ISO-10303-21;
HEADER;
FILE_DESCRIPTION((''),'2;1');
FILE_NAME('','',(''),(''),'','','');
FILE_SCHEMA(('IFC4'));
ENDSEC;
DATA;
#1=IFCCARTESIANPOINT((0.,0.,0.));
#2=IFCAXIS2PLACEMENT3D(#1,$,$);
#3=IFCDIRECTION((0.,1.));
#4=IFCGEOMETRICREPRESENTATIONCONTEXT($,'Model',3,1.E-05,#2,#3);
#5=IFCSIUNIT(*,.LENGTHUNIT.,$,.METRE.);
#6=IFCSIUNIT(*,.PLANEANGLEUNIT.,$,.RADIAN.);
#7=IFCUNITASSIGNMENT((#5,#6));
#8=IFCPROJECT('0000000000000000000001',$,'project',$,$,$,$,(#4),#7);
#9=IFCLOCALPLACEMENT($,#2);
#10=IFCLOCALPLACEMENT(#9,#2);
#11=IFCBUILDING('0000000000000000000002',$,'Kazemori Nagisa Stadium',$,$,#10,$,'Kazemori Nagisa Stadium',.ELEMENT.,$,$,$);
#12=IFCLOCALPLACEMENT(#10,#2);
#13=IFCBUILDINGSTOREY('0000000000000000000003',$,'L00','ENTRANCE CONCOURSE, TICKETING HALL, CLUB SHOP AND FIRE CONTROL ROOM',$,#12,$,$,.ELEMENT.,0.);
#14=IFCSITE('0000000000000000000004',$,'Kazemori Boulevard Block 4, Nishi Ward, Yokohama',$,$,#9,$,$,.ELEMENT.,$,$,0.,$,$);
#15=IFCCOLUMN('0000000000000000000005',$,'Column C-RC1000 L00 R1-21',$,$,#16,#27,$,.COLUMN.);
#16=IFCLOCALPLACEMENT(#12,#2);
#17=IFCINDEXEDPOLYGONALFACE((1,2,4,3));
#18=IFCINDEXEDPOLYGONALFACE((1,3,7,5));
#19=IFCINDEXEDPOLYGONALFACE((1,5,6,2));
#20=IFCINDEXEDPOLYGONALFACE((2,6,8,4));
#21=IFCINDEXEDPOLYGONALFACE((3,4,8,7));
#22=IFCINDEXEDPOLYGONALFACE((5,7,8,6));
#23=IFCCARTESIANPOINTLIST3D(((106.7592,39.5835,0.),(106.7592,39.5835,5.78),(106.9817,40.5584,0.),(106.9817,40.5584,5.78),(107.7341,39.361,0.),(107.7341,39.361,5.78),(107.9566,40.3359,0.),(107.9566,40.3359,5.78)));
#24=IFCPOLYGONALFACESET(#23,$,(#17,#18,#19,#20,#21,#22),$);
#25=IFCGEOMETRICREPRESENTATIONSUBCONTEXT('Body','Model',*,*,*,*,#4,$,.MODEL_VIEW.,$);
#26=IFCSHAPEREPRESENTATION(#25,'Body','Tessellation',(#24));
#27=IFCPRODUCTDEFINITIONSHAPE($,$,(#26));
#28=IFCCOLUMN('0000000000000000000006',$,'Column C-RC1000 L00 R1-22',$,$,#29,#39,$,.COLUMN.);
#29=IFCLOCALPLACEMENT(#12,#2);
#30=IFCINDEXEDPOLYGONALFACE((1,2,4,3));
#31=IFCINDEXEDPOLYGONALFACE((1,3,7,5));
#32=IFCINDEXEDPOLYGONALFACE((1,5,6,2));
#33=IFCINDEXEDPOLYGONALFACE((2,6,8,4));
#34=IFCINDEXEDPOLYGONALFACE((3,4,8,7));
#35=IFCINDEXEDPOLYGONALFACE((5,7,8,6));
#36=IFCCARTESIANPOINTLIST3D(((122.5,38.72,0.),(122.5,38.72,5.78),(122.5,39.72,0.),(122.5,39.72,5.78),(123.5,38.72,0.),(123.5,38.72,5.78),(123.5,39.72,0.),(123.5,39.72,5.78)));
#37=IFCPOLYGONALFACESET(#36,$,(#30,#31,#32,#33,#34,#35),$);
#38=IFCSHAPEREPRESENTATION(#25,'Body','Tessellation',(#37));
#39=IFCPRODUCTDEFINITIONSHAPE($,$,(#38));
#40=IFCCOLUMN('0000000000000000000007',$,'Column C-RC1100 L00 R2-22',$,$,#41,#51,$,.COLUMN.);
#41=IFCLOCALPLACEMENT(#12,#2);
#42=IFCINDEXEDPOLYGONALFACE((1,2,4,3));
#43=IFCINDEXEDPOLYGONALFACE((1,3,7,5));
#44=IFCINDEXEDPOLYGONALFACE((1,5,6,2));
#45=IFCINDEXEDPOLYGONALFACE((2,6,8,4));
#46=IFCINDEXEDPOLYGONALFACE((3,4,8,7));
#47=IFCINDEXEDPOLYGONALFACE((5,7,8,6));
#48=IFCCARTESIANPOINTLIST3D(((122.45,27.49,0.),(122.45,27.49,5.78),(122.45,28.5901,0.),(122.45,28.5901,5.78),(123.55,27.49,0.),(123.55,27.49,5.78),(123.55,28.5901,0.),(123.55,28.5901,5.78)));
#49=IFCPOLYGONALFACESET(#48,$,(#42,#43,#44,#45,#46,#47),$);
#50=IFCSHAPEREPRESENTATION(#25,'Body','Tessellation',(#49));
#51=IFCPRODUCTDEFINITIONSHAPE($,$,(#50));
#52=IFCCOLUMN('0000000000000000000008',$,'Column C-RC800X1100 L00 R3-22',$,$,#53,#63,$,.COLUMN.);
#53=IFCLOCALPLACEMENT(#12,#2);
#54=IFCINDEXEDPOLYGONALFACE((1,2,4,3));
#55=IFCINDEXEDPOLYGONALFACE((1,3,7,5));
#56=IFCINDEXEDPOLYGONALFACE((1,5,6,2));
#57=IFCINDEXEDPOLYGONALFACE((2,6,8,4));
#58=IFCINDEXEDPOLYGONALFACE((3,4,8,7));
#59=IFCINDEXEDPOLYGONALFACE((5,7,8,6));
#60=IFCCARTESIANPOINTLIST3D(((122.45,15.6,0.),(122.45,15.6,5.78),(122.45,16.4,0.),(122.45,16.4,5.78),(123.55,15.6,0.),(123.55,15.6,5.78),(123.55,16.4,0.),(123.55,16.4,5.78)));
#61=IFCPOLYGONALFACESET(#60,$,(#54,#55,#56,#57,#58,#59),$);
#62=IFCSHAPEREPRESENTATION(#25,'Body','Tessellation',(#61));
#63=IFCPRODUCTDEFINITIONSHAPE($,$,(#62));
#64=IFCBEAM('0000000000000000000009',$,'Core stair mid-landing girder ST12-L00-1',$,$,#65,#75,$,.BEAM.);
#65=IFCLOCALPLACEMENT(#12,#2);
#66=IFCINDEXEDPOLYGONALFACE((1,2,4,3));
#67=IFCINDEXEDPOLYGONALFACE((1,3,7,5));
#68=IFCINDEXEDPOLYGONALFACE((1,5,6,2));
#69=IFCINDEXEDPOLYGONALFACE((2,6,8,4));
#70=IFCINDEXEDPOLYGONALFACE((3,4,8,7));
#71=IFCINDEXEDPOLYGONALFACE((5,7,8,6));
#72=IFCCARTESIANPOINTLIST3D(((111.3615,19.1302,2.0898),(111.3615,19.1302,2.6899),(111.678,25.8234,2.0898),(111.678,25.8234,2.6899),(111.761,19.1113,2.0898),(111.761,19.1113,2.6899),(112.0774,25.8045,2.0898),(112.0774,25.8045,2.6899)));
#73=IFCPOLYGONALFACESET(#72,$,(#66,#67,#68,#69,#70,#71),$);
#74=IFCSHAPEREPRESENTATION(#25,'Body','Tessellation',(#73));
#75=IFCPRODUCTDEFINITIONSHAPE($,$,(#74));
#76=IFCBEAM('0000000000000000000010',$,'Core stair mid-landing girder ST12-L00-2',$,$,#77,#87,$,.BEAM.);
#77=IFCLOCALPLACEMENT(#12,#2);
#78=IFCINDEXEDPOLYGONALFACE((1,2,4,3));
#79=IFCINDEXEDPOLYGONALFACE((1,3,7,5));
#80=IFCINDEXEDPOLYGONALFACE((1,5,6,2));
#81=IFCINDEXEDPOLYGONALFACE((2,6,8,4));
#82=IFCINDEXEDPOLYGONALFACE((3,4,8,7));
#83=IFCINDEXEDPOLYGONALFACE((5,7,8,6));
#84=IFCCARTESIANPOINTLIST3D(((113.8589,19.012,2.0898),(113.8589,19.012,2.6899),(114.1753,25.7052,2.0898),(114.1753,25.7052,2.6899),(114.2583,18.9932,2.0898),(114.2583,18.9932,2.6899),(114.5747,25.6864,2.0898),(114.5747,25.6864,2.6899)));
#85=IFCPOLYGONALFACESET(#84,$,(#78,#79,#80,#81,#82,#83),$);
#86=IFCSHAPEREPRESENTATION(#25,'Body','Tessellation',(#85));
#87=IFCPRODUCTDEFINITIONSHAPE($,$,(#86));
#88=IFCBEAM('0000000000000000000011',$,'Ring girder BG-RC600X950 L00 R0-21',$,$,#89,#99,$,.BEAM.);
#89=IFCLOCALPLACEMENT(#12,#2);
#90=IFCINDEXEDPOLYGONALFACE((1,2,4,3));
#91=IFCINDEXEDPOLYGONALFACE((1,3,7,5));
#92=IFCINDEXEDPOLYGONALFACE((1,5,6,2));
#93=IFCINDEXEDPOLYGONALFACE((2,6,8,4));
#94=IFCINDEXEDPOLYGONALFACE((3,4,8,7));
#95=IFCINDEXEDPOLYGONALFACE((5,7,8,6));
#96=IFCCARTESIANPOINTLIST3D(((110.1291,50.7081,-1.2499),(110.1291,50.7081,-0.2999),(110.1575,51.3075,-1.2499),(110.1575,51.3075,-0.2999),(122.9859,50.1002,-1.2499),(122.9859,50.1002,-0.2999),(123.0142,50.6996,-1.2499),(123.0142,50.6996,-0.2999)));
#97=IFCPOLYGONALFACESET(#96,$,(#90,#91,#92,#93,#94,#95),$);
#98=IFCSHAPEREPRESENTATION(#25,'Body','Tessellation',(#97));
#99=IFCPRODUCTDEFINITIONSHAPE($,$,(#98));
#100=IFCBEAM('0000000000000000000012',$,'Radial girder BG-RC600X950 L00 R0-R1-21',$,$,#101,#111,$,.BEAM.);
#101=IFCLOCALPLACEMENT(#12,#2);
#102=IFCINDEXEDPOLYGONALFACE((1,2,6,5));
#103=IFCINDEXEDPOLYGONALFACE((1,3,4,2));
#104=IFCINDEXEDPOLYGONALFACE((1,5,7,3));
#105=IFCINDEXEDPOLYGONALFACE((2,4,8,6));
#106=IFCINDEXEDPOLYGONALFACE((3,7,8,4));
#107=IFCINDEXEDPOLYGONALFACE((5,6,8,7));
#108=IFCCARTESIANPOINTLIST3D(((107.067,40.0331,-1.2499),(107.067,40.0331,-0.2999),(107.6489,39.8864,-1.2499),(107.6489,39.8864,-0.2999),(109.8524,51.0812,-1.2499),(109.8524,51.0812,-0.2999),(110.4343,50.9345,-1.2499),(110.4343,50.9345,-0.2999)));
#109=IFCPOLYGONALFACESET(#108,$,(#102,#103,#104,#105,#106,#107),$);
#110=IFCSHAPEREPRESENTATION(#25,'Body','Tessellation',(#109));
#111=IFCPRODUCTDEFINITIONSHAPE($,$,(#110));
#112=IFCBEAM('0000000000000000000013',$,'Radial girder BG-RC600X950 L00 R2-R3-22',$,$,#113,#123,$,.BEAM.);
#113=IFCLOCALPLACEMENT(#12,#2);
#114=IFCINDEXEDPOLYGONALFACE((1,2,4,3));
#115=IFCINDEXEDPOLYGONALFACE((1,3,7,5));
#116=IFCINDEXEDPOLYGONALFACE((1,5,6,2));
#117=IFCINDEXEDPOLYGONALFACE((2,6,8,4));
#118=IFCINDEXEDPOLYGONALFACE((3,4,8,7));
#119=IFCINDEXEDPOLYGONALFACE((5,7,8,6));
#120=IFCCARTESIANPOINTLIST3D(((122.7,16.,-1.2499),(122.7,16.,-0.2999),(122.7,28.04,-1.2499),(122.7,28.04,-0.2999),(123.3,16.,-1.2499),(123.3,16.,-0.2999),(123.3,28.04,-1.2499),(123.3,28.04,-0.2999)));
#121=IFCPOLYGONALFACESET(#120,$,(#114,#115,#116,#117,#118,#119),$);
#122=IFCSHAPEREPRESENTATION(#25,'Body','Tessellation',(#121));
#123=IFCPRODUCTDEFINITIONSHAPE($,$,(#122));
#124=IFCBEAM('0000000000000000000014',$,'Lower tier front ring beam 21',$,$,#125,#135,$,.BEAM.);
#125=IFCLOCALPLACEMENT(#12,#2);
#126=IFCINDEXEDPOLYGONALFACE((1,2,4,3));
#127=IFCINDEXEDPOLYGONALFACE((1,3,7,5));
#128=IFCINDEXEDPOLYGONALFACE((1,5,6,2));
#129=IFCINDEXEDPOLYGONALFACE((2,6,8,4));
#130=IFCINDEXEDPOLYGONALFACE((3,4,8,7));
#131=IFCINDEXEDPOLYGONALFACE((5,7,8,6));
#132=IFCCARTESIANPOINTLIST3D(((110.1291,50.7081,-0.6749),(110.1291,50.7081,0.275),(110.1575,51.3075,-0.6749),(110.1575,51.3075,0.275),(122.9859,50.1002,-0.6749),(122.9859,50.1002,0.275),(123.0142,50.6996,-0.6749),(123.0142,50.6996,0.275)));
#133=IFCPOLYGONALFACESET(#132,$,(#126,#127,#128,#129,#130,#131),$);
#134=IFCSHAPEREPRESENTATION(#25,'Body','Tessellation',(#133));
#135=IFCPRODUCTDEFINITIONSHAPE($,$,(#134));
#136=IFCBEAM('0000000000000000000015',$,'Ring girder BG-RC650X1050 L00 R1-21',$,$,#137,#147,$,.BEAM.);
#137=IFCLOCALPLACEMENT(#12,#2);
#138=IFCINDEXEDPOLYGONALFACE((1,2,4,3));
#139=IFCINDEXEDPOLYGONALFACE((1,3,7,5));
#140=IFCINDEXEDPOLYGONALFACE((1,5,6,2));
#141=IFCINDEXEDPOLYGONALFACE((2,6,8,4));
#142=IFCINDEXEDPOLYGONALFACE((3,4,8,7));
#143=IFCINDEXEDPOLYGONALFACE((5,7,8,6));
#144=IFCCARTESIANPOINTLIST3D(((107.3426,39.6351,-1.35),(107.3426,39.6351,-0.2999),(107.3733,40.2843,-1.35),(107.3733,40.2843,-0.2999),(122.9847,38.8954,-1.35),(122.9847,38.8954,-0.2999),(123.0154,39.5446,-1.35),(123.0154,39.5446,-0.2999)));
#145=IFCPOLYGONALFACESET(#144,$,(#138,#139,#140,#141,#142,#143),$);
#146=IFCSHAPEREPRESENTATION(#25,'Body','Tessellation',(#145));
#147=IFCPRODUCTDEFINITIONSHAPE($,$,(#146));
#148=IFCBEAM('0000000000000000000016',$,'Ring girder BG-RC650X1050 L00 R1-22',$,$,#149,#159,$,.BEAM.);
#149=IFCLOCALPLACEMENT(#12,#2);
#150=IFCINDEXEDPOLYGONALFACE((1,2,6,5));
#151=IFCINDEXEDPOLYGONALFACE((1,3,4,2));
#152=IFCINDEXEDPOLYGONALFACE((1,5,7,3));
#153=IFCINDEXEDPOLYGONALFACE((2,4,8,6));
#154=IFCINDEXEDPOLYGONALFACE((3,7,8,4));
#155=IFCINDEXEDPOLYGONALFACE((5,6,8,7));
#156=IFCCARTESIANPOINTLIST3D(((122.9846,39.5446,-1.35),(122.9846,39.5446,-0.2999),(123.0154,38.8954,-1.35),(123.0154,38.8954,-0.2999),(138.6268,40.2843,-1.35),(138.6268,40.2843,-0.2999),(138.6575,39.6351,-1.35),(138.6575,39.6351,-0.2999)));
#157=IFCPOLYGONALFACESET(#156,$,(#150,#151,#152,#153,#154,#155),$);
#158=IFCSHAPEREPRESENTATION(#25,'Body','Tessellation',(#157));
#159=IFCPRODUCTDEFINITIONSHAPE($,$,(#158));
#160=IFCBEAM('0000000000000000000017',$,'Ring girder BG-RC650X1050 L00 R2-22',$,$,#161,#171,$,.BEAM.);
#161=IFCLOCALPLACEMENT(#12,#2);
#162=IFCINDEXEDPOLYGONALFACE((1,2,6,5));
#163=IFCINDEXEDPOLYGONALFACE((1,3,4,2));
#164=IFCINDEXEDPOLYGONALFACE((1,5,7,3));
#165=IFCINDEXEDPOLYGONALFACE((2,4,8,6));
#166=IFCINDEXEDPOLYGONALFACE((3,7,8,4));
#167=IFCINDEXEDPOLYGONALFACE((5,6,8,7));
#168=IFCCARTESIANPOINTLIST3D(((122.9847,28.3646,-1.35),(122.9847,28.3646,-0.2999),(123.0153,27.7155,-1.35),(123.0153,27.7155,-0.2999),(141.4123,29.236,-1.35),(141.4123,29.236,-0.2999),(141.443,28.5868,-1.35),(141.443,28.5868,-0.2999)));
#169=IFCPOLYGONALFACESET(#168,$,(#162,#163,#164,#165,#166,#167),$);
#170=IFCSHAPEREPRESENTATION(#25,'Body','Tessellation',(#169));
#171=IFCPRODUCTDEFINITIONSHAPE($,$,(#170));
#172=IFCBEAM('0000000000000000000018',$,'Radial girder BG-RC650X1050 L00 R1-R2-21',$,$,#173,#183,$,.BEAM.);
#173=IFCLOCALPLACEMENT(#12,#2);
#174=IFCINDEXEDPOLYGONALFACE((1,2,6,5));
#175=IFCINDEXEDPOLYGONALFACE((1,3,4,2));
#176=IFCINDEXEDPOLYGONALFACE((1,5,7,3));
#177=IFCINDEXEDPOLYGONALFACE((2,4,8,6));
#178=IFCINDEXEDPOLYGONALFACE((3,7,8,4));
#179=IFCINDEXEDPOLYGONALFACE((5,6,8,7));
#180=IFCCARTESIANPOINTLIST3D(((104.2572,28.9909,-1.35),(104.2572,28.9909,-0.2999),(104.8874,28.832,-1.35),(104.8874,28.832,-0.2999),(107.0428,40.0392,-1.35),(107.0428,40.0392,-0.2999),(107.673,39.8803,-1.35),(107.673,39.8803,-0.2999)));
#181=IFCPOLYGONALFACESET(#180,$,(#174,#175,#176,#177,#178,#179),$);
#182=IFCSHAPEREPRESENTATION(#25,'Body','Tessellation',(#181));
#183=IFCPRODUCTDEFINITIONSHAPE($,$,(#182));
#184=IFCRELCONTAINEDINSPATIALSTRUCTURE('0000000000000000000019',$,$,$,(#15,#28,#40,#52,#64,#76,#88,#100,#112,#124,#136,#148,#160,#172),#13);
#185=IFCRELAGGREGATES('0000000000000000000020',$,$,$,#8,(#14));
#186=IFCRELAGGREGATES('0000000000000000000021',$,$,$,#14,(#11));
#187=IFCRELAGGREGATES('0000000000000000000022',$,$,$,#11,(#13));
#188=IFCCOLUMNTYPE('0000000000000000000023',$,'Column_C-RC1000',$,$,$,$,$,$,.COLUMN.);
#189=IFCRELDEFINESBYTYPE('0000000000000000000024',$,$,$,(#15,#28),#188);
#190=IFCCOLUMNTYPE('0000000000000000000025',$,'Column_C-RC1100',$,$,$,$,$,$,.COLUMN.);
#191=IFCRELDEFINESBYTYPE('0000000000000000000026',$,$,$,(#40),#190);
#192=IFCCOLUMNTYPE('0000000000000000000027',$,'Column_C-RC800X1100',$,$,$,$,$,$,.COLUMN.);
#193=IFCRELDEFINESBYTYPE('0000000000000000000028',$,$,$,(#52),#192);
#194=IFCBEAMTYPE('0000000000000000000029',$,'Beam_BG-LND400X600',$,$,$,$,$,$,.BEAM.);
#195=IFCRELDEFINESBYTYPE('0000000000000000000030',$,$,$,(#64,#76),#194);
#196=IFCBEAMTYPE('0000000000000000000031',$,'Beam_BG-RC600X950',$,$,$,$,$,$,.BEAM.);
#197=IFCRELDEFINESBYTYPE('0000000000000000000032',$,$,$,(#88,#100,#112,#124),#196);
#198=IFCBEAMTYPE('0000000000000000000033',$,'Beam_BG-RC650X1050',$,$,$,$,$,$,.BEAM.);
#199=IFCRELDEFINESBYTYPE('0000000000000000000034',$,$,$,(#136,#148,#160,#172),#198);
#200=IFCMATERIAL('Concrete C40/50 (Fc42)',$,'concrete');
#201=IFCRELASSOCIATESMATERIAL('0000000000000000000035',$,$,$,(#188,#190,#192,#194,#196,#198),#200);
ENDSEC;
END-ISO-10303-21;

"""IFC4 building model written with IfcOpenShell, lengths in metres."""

from ifc_helpers import new_model, si_unit, direction, frame, origin, origin_2d, place, context, subcontext, project, spatial, rectangle, extrude, material, material_profile, profile_set, type_object, element, save


model = new_model("IFC4")

# Units and contexts
model_context = context("Model", 3, precision=1e-05, world=origin(), true_north=direction((0.0, 1.0)))
body_context = subcontext(model_context, "Body", "Model", "MODEL_VIEW")
ifc_project = project(units=[si_unit("LENGTHUNIT", "METRE"), si_unit("PLANEANGLEUNIT", "RADIAN")], contexts=[model_context])

# Site, building, storey
site_placement = place(None, origin())
site = spatial("IfcSite", under=ifc_project, at=site_placement, Name="Kazemori Boulevard Block 4, Nishi Ward, Yokohama", CompositionType="ELEMENT", RefElevation=0.0)
building_placement = place(site_placement, origin())
building = spatial("IfcBuilding", under=site, at=building_placement, Name="Kazemori Nagisa Stadium", LongName="Kazemori Nagisa Stadium", CompositionType="ELEMENT")
storey_placement = place(building_placement, origin())
storey = spatial("IfcBuildingStorey", under=building, at=storey_placement, Name="L00", Description="ENTRANCE CONCOURSE, TICKETING HALL, CLUB SHOP AND FIRE CONTROL ROOM", CompositionType="ELEMENT", Elevation=0.0)

# Columns
ifc_material_1 = material(Name="Concrete C40/50 (Fc42)", Category="concrete")
ifc_material_profile_1 = material_profile(ifc_material_1, rectangle(XDim=1.0, YDim=1.0, at=origin_2d()), Name="RC-COL-1000x1000")
ifc_profile_set_1 = profile_set([ifc_material_profile_1], Name="Concrete C40/50 (Fc42)")
column_type_1 = type_object("IfcColumnType", Name="Column_C-RC1000", PredefinedType="COLUMN", material=ifc_profile_set_1)
for number, where, z_axis, x_axis, name in (
    (1, (107.3579, 39.9597, 0.0), (0.0, 0.0, 1.0), (-0.222521, -0.974928, 0.0), "Column C-RC1000 L00 R1-21"),
    (2, (123.0, 39.22, 0.0), (0.0, 0.0, 1.0), (0.0, -1.0, 0.0), "Column C-RC1000 L00 R1-22"),
):
    element("IfcColumn", number, at=place(storey_placement, frame(where, z_axis=z_axis, x_axis=x_axis)), inside=storey, type_object=column_type_1, Name=name, PredefinedType="COLUMN", context=body_context, shape_type="SweptSolid", body=[
        extrude(rectangle(XDim=1.0, YDim=1.0, at=origin_2d()), origin(), (0.0, 0.0, 1.0), 5.78),
    ])
ifc_material_profile_2 = material_profile(ifc_material_1, rectangle(XDim=1.1001, YDim=1.1001, at=origin_2d()), Name="RC-COL-1100x1100")
ifc_profile_set_2 = profile_set([ifc_material_profile_2], Name="Concrete C40/50 (Fc42)")
column_type_2 = type_object("IfcColumnType", Name="Column_C-RC1100", PredefinedType="COLUMN", material=ifc_profile_set_2)
column_1_placement = place(storey_placement, frame((123.0, 28.04, 0.0), z_axis=(0.0, 0.0, 1.0), x_axis=(0.0, -1.0, 0.0)))
element("IfcColumn", 3, at=column_1_placement, inside=storey, type_object=column_type_2, Name="Column C-RC1100 L00 R2-22", PredefinedType="COLUMN", context=body_context, shape_type="SweptSolid", body=[
    extrude(rectangle(XDim=1.1001, YDim=1.1001, at=origin_2d()), origin(), (0.0, 0.0, 1.0), 5.78),
])
ifc_material_profile_3 = material_profile(ifc_material_1, rectangle(XDim=0.8, YDim=1.1001, at=origin_2d()), Name="RC-COL-800x1100")
ifc_profile_set_3 = profile_set([ifc_material_profile_3], Name="Concrete C40/50 (Fc42)")
column_type_3 = type_object("IfcColumnType", Name="Column_C-RC800X1100", PredefinedType="COLUMN", material=ifc_profile_set_3)
column_2_placement = place(storey_placement, frame((123.0, 16.0, 0.0), z_axis=(0.0, 0.0, 1.0), x_axis=(0.0, -1.0, 0.0)))
element("IfcColumn", 4, at=column_2_placement, inside=storey, type_object=column_type_3, Name="Column C-RC800X1100 L00 R3-22", PredefinedType="COLUMN", context=body_context, shape_type="SweptSolid", body=[
    extrude(rectangle(XDim=0.8, YDim=1.1001, at=origin_2d()), origin(), (0.0, 0.0, 1.0), 5.78),
])

# Beams
ifc_material_profile_4 = material_profile(ifc_material_1, rectangle(XDim=0.3999, YDim=0.6001, at=origin_2d()), Name="RC-BM-400x600")
ifc_profile_set_4 = profile_set([ifc_material_profile_4], Name="Concrete C40/50 (Fc42)")
beam_type_1 = type_object("IfcBeamType", Name="Beam_BG-LND400X600", PredefinedType="BEAM", material=ifc_profile_set_4)
for number, where, z_axis, x_axis, name in (
    (5, (111.8777, 25.814, 2.3899), (-0.047221, -0.998884, 0.0), (0.998884, -0.047221, 0.0), "Core stair mid-landing girder ST12-L00-1"),
    (6, (114.375, 25.6958, 2.3899), (-0.047221, -0.998884, 0.0), (0.998884, -0.047221, 0.0), "Core stair mid-landing girder ST12-L00-2"),
):
    element("IfcBeam", number, at=place(storey_placement, frame(where, z_axis=z_axis, x_axis=x_axis)), inside=storey, type_object=beam_type_1, Name=name, PredefinedType="BEAM", context=body_context, shape_type="SweptSolid", body=[
        extrude(rectangle(XDim=0.3999, YDim=0.6001, at=origin_2d()), origin(), (0.0, 0.0, 1.0), 6.7007),
    ])
ifc_material_profile_5 = material_profile(ifc_material_1, rectangle(XDim=0.6001, YDim=0.95, at=origin_2d()), Name="RC-BM-600x950")
ifc_profile_set_5 = profile_set([ifc_material_profile_5], Name="Concrete C40/50 (Fc42)")
beam_type_2 = type_object("IfcBeamType", Name="Beam_BG-RC600X950", PredefinedType="BEAM", material=ifc_profile_set_5)
beam_1_placement = place(storey_placement, frame((110.1433, 51.0078, -0.7749), z_axis=(0.998884, -0.047231, 0.0), x_axis=(0.047231, 0.998884, 0.0)))
element("IfcBeam", 7, at=beam_1_placement, inside=storey, type_object=beam_type_2, Name="Ring girder BG-RC600X950 L00 R0-21", PredefinedType="BEAM", context=body_context, shape_type="SweptSolid", body=[
    extrude(rectangle(XDim=0.6001, YDim=0.95, at=origin_2d()), origin(), (0.0, 0.0, 1.0), 12.8711),
])
beam_2_placement = place(storey_placement, frame((110.1433, 51.0078, -0.7749), z_axis=(-0.244466, -0.969658, 0.0), x_axis=(0.969658, -0.244466, 0.0)))
element("IfcBeam", 8, at=beam_2_placement, inside=storey, type_object=beam_type_2, Name="Radial girder BG-RC600X950 L00 R0-R1-21", PredefinedType="BEAM", context=body_context, shape_type="SweptSolid", body=[
    extrude(rectangle(XDim=0.6001, YDim=0.95, at=origin_2d()), origin(), (0.0, 0.0, 1.0), 11.3938),
])
beam_3_placement = place(storey_placement, frame((123.0, 28.04, -0.7749), z_axis=(0.0, -1.0, 0.0), x_axis=(1.0, 0.0, 0.0)))
element("IfcBeam", 9, at=beam_3_placement, inside=storey, type_object=beam_type_2, Name="Radial girder BG-RC600X950 L00 R2-R3-22", PredefinedType="BEAM", context=body_context, shape_type="SweptSolid", body=[
    extrude(rectangle(XDim=0.6001, YDim=0.95, at=origin_2d()), origin(), (0.0, 0.0, 1.0), 12.04),
])
beam_4_placement = place(storey_placement, frame((110.1433, 51.0078, -0.2), z_axis=(0.998884, -0.047231, 0.0), x_axis=(0.047231, 0.998884, 0.0)))
element("IfcBeam", 10, at=beam_4_placement, inside=storey, type_object=beam_type_2, Name="Lower tier front ring beam 21", PredefinedType="BEAM", context=body_context, shape_type="SweptSolid", body=[
    extrude(rectangle(XDim=0.6001, YDim=0.95, at=origin_2d()), origin(), (0.0, 0.0, 1.0), 12.8711),
])
ifc_material_profile_6 = material_profile(ifc_material_1, rectangle(XDim=0.6499, YDim=1.05, at=origin_2d()), Name="RC-BM-650x1050")
ifc_profile_set_6 = profile_set([ifc_material_profile_6], Name="Concrete C40/50 (Fc42)")
beam_type_3 = type_object("IfcBeamType", Name="Beam_BG-RC650X1050", PredefinedType="BEAM", material=ifc_profile_set_6)
for number, where, z_axis, x_axis, name in (
    (11, (107.3579, 39.9597, -0.825), (0.998884, -0.047239, 0.0), (0.047239, 0.998884, 0.0), "Ring girder BG-RC650X1050 L00 R1-21"),
    (12, (123.0, 39.22, -0.825), (0.998884, 0.047239, 0.0), (-0.047239, 0.998884, 0.0), "Ring girder BG-RC650X1050 L00 R1-22"),
):
    element("IfcBeam", number, at=place(storey_placement, frame(where, z_axis=z_axis, x_axis=x_axis)), inside=storey, type_object=beam_type_3, Name=name, PredefinedType="BEAM", context=body_context, shape_type="SweptSolid", body=[
        extrude(rectangle(XDim=0.6499, YDim=1.05, at=origin_2d()), origin(), (0.0, 0.0, 1.0), 15.6597),
    ])
beam_5_placement = place(storey_placement, frame((123.0, 28.04, -0.825), z_axis=(0.998884, 0.047231, 0.0), x_axis=(-0.047231, 0.998884, 0.0)))
element("IfcBeam", 13, at=beam_5_placement, inside=storey, type_object=beam_type_3, Name="Ring girder BG-RC650X1050 L00 R2-22", PredefinedType="BEAM", context=body_context, shape_type="SweptSolid", body=[
    extrude(rectangle(XDim=0.6499, YDim=1.05, at=origin_2d()), origin(), (0.0, 0.0, 1.0), 18.4482),
])
beam_6_placement = place(storey_placement, frame((107.3579, 39.9597, -0.825), z_axis=(-0.244481, -0.969654, 0.0), x_axis=(0.969654, -0.244481, 0.0)))
element("IfcBeam", 14, at=beam_6_placement, inside=storey, type_object=beam_type_3, Name="Radial girder BG-RC650X1050 L00 R1-R2-21", PredefinedType="BEAM", context=body_context, shape_type="SweptSolid", body=[
    extrude(rectangle(XDim=0.6499, YDim=1.05, at=origin_2d()), origin(), (0.0, 0.0, 1.0), 11.394),
])

save(model, "model.ifc")
